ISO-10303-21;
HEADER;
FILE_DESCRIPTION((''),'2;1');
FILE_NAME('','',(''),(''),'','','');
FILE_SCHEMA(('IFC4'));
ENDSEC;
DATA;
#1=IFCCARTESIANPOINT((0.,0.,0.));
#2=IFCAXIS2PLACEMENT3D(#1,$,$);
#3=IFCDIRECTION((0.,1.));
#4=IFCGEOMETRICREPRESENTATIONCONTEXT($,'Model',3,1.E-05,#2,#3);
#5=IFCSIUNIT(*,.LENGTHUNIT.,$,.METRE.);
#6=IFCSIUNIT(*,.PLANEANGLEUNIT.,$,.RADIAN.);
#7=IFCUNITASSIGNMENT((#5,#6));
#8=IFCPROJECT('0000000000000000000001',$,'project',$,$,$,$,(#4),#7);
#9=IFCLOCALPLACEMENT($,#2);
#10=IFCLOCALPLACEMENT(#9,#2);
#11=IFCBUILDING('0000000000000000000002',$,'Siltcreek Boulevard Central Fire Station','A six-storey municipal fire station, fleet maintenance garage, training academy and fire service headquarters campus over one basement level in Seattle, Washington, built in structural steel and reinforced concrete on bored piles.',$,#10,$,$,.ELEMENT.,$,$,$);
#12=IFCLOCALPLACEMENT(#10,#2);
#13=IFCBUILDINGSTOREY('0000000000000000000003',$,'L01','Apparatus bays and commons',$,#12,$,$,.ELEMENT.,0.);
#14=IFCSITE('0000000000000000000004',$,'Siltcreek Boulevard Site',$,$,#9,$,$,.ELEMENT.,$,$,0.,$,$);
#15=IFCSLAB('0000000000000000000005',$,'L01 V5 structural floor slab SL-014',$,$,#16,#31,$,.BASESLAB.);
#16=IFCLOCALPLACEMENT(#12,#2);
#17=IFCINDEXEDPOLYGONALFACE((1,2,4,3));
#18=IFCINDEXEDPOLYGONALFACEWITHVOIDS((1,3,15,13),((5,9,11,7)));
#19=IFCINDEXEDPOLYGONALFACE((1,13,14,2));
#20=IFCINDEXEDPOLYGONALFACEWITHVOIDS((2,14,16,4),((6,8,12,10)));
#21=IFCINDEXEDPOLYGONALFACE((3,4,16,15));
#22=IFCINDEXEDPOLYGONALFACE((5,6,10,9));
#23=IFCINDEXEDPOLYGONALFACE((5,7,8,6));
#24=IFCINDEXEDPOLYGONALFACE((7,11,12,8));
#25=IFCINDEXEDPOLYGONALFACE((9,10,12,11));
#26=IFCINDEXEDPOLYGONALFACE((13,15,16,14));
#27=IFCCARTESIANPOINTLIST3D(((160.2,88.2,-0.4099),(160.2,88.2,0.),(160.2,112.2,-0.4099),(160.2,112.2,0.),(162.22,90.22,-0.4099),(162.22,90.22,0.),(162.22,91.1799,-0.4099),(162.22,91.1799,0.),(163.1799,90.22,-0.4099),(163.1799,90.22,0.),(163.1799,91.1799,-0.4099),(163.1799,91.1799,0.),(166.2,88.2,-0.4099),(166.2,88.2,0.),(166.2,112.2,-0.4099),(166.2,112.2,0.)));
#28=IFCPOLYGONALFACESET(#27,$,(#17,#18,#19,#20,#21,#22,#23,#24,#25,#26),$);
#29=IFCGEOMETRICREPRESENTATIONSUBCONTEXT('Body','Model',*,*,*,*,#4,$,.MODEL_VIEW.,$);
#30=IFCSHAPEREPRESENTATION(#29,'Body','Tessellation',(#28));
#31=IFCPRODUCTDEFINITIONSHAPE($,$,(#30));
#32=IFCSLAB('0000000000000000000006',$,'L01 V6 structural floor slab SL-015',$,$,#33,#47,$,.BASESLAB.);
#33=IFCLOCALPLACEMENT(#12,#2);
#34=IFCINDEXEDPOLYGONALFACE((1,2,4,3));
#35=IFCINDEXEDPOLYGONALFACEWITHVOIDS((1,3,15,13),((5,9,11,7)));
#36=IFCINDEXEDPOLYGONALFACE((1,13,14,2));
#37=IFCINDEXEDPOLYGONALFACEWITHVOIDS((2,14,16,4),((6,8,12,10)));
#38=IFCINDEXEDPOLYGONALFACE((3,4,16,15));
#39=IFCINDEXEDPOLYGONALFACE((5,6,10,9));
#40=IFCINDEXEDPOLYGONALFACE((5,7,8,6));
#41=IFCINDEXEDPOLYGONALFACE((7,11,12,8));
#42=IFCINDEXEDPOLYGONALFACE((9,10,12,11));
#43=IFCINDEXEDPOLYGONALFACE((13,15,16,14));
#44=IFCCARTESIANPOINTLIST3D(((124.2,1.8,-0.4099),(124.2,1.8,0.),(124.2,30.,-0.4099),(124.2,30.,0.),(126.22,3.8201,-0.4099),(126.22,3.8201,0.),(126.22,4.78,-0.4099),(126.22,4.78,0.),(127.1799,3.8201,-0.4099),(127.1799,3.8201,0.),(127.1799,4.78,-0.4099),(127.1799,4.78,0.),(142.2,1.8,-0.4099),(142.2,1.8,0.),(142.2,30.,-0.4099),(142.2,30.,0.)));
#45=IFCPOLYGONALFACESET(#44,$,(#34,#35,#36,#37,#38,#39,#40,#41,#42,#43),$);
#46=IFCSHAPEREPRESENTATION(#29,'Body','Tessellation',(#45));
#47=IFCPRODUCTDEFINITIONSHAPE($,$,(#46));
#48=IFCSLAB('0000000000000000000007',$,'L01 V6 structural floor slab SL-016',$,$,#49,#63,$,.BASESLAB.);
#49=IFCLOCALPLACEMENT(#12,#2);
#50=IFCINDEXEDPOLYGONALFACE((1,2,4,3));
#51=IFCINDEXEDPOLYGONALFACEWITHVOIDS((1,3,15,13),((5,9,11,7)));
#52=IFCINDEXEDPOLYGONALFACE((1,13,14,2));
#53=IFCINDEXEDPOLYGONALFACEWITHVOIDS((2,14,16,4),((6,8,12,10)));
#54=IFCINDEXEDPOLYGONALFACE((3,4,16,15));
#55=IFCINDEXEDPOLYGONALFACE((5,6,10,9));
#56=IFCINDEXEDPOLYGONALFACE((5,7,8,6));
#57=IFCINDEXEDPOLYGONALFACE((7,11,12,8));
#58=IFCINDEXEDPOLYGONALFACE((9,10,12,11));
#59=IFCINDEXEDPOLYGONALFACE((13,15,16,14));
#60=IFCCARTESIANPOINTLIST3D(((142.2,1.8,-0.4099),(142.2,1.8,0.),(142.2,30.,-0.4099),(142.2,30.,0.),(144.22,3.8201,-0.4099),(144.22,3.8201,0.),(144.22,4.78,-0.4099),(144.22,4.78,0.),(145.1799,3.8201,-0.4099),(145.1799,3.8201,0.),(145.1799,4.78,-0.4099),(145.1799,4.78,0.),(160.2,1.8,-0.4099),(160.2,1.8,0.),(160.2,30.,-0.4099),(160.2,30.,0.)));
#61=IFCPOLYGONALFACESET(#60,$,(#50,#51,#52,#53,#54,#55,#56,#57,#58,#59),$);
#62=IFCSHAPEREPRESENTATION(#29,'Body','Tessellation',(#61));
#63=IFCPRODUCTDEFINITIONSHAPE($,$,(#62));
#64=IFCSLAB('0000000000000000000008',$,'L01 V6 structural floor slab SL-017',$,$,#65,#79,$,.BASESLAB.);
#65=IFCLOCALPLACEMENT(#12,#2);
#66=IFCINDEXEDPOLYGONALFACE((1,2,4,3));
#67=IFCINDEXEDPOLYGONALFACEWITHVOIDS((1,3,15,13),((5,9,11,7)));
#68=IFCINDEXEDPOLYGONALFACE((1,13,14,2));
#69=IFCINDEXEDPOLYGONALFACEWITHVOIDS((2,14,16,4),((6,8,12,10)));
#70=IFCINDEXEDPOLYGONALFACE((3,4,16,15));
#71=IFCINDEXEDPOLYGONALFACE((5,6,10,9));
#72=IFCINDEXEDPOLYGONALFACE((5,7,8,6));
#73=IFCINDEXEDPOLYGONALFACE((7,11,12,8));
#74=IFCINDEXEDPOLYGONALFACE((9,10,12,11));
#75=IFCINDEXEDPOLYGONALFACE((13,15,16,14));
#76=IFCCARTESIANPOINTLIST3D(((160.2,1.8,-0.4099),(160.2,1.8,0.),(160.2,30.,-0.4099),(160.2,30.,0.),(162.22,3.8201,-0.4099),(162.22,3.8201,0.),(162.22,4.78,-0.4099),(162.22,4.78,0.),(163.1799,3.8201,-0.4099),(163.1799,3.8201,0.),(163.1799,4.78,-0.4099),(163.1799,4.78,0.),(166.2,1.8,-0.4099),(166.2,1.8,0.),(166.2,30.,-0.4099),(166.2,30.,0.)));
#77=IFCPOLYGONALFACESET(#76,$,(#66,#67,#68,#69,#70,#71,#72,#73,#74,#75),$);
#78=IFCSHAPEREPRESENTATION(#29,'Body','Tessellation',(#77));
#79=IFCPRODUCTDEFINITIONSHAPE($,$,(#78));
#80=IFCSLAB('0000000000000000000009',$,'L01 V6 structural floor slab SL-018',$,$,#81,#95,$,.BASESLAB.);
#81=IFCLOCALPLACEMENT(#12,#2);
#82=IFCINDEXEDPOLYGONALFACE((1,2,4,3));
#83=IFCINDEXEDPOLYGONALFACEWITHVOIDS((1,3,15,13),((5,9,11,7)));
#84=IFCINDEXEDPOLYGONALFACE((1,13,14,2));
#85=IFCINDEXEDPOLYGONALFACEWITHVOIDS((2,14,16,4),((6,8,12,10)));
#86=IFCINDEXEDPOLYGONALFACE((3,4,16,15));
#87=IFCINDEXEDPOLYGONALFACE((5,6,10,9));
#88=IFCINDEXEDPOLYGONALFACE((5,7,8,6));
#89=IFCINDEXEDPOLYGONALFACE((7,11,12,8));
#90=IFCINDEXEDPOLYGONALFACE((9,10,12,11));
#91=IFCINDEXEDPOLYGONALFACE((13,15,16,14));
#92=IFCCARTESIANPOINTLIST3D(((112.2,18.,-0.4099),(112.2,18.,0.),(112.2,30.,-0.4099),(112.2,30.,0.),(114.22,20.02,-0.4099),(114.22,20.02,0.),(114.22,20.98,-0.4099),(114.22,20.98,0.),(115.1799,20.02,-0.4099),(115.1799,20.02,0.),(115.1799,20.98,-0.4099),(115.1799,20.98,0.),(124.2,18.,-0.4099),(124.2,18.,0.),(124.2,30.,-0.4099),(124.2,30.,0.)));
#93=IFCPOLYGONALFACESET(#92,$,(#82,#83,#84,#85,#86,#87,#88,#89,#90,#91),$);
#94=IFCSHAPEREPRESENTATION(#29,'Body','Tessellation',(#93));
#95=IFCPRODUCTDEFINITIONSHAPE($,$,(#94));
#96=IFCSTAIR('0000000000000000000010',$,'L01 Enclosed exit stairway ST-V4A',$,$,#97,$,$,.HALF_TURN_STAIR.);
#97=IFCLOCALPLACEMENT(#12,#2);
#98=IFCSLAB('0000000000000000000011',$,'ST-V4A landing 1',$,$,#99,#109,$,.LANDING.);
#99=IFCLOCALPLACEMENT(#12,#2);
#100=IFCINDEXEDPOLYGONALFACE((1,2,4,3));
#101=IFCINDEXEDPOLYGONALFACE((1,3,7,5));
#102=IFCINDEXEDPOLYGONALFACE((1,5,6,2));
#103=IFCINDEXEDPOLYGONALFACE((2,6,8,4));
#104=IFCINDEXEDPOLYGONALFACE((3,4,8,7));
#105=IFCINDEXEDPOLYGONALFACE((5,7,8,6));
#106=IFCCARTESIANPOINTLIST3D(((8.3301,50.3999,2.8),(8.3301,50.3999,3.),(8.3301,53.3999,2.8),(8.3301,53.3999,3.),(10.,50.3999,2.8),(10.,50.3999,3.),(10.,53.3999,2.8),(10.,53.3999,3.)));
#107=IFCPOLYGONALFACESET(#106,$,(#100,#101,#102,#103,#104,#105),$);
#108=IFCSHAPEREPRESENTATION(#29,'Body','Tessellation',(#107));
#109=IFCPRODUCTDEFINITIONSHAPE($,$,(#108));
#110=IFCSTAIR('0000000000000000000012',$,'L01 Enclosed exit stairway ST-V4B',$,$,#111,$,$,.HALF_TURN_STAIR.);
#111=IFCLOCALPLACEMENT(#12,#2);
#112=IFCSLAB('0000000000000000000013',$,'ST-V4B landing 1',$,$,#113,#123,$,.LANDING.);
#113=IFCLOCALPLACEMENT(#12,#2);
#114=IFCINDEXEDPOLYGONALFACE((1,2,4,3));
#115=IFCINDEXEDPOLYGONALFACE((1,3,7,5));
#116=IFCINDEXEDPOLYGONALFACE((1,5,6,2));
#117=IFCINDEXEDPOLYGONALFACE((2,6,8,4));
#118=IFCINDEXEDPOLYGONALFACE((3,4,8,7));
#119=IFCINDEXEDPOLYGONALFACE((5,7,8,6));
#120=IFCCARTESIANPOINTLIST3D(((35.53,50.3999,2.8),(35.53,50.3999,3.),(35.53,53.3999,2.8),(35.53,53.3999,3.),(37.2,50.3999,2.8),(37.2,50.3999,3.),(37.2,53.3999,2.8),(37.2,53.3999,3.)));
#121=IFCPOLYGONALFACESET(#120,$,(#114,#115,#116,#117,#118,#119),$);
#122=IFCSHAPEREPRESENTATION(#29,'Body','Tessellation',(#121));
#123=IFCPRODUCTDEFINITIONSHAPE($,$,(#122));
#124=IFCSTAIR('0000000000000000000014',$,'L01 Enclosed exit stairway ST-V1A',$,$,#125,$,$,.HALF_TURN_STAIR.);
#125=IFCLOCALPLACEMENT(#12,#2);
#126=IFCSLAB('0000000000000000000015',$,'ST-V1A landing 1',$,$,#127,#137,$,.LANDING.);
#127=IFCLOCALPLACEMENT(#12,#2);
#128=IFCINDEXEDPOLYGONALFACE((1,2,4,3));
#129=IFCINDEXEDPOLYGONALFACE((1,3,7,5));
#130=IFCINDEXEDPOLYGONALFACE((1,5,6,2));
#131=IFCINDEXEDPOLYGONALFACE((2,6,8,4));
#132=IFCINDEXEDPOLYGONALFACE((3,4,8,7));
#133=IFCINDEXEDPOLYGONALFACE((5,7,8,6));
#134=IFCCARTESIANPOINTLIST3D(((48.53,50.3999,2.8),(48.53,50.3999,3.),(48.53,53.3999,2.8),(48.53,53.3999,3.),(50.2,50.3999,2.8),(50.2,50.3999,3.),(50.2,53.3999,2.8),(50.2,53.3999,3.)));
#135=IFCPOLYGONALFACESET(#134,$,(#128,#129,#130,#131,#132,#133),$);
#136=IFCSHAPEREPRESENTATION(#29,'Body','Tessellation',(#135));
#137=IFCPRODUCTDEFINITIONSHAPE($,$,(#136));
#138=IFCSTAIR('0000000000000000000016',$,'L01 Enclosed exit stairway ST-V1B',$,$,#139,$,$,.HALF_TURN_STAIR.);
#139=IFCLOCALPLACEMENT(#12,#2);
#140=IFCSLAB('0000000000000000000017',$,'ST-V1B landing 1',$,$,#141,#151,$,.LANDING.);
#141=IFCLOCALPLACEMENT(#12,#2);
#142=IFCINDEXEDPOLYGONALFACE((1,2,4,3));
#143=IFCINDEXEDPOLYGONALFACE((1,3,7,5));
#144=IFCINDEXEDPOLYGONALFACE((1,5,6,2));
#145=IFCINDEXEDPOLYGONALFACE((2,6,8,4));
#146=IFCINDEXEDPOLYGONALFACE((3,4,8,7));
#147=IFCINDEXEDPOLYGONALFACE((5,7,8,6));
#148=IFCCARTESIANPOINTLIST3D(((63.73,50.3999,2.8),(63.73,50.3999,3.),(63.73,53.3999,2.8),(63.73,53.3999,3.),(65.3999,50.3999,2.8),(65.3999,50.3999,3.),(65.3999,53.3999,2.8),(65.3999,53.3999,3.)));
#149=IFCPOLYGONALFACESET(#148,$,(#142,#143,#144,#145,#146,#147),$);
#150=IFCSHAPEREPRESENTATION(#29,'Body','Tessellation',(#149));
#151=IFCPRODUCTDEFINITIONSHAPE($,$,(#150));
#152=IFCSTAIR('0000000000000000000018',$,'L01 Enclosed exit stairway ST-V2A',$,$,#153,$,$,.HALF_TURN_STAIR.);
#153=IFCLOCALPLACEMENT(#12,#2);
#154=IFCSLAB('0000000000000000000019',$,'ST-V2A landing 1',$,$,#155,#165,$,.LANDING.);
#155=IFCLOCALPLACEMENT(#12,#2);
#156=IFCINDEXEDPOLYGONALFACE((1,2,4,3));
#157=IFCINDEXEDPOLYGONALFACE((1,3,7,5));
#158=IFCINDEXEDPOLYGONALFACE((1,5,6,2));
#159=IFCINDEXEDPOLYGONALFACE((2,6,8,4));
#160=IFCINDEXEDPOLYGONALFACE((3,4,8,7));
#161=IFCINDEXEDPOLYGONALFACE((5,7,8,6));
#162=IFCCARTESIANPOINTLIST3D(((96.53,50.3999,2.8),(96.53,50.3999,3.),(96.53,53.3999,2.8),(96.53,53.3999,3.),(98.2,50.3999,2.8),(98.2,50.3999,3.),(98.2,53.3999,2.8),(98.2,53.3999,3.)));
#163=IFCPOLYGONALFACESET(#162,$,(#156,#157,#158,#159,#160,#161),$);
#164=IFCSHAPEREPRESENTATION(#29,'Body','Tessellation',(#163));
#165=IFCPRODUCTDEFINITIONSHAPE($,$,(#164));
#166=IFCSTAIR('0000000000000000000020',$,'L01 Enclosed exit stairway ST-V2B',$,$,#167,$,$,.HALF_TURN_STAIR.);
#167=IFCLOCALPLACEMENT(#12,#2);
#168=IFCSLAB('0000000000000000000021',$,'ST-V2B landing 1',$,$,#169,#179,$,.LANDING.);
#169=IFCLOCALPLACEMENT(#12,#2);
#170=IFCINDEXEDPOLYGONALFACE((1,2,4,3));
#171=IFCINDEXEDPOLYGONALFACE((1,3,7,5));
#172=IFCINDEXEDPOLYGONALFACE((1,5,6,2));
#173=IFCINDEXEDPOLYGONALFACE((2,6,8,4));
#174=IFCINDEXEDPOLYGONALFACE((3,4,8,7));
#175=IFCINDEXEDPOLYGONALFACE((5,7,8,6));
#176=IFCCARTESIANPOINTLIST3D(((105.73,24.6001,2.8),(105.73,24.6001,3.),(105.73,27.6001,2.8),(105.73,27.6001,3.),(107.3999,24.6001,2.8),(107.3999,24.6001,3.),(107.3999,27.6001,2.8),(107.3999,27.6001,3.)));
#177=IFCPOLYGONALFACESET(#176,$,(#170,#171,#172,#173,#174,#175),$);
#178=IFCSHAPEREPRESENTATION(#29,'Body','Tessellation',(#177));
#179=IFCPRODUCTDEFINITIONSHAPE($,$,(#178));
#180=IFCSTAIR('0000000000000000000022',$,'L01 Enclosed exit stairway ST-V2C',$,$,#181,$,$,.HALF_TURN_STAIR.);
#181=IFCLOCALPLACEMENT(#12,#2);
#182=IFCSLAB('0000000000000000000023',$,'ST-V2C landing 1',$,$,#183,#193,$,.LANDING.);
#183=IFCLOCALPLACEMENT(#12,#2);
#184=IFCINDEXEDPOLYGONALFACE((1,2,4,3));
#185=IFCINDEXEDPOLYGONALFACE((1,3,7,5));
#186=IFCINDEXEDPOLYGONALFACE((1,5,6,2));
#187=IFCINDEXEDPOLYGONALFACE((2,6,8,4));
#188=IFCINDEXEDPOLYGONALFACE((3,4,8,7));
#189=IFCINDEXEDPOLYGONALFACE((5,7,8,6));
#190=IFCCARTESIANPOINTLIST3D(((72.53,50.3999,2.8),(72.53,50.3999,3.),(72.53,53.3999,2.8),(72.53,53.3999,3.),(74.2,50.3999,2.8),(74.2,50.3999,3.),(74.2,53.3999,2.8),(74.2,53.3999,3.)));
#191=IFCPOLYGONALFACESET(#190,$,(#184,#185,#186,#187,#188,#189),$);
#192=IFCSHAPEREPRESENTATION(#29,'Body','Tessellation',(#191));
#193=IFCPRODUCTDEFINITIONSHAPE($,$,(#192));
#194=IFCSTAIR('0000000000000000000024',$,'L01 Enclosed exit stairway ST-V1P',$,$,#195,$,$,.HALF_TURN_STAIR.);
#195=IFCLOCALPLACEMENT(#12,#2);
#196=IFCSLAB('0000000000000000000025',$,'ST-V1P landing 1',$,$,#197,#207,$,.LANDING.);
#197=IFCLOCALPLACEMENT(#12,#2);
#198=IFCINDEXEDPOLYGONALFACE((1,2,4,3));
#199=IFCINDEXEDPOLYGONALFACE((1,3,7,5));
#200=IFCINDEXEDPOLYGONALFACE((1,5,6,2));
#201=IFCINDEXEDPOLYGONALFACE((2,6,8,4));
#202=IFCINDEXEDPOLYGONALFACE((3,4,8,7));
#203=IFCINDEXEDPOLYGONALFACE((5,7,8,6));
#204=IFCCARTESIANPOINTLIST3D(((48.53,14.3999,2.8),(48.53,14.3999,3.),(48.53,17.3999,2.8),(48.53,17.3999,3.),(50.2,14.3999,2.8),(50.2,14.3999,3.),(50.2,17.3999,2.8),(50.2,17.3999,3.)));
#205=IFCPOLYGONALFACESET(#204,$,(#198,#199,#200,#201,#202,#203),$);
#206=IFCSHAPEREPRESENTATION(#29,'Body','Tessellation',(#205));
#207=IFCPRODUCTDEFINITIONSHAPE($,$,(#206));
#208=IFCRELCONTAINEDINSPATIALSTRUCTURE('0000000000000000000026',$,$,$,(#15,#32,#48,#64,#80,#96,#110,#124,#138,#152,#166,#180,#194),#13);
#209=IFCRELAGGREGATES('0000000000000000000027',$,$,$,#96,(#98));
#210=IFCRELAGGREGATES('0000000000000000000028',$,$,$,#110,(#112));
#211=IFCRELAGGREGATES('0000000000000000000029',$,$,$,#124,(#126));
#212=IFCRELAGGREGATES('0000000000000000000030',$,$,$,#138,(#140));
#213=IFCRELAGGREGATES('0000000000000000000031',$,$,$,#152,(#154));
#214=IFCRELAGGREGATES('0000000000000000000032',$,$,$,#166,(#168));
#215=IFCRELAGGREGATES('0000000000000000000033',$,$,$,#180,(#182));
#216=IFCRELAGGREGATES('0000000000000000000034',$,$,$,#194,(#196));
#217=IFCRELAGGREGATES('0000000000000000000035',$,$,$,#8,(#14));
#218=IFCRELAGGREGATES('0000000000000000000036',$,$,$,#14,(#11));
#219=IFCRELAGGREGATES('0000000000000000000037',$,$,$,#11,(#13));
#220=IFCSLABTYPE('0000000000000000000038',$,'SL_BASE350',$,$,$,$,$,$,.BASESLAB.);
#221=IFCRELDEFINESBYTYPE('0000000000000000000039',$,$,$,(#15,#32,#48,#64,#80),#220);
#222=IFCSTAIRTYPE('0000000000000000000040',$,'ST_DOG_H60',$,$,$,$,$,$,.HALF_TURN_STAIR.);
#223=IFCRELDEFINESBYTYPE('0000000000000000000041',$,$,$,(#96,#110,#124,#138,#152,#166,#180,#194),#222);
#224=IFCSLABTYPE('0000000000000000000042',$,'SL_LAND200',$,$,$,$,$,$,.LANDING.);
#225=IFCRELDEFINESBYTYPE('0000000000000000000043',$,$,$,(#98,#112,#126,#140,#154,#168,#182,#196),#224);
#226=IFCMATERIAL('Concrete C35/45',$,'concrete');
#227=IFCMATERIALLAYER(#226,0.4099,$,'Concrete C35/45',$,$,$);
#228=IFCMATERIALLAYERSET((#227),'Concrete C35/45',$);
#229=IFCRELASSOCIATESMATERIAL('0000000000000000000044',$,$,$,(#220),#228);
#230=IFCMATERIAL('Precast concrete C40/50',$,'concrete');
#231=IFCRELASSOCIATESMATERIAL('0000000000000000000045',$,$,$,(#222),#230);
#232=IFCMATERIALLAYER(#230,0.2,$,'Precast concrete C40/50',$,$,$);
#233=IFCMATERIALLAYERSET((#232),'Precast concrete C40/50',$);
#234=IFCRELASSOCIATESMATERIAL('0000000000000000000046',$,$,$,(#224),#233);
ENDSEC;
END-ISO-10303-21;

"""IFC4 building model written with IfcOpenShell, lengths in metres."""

from ifc_helpers import new_model, si_unit, direction, frame, origin, place, context, subcontext, project, spatial, polyline, outline, extrude, material, layer, layer_set, type_object, element, aggregate, save


model = new_model("IFC4")

# Units and contexts
model_context = context("Model", 3, precision=1e-05, world=origin(), true_north=direction((0.0, 1.0)))
body_context = subcontext(model_context, "Body", "Model", "MODEL_VIEW")
ifc_project = project(units=[si_unit("LENGTHUNIT", "METRE"), si_unit("PLANEANGLEUNIT", "RADIAN")], contexts=[model_context])

# Site, building, storey
site_placement = place(None, origin())
site = spatial("IfcSite", under=ifc_project, at=site_placement, Name="Siltcreek Boulevard Site", CompositionType="ELEMENT", RefElevation=0.0)
building_placement = place(site_placement, origin())
building = spatial("IfcBuilding", under=site, at=building_placement, Name="Siltcreek Boulevard Central Fire Station", Description="A six-storey municipal fire station, fleet maintenance garage, training academy and fire service headquarters campus over one basement level in Seattle, Washington, built in structural steel and reinforced concrete on bored piles.", CompositionType="ELEMENT")
storey_placement = place(building_placement, origin())
storey = spatial("IfcBuildingStorey", under=building, at=storey_placement, Name="L01", Description="Apparatus bays and commons", CompositionType="ELEMENT", Elevation=0.0)

# Slabs
ifc_material_1 = material(Name="Concrete C35/45", Category="concrete")
ifc_layer_1 = layer(ifc_material_1, 0.4099, Name="Concrete C35/45")
ifc_layer_set_1 = layer_set([ifc_layer_1], Name="Concrete C35/45")
slab_type_1 = type_object("IfcSlabType", Name="SL_BASE350", PredefinedType="BASESLAB", material=ifc_layer_set_1)
slab_1_placement = place(storey_placement, frame((0.0, 0.0, -0.4099)))
element("IfcSlab", 1, at=slab_1_placement, inside=storey, type_object=slab_type_1, Name="L01 V5 structural floor slab SL-014", PredefinedType="BASESLAB", context=body_context, shape_type="SweptSolid", body=[
    extrude(outline(polyline([(166.2, 112.2), (166.2, 88.2), (160.2, 88.2), (160.2, 112.2), (166.2, 112.2)]), holes=[polyline([(163.1799, 91.1799), (162.22, 91.1799), (162.22, 90.22), (163.1799, 90.22), (163.1799, 91.1799)])]), origin(), (0.0, 0.0, 1.0), 0.4099),
])
slab_2_placement = place(storey_placement, frame((0.0, 0.0, -0.4099)))
element("IfcSlab", 2, at=slab_2_placement, inside=storey, type_object=slab_type_1, Name="L01 V6 structural floor slab SL-015", PredefinedType="BASESLAB", context=body_context, shape_type="SweptSolid", body=[
    extrude(outline(polyline([(142.2, 30.0), (142.2, 1.8), (124.2, 1.8), (124.2, 30.0), (142.2, 30.0)]), holes=[polyline([(127.1799, 4.78), (126.22, 4.78), (126.22, 3.8201), (127.1799, 3.8201), (127.1799, 4.78)])]), origin(), (0.0, 0.0, 1.0), 0.4099),
])
slab_3_placement = place(storey_placement, frame((0.0, 0.0, -0.4099)))
element("IfcSlab", 3, at=slab_3_placement, inside=storey, type_object=slab_type_1, Name="L01 V6 structural floor slab SL-016", PredefinedType="BASESLAB", context=body_context, shape_type="SweptSolid", body=[
    extrude(outline(polyline([(160.2, 30.0), (160.2, 1.8), (142.2, 1.8), (142.2, 30.0), (160.2, 30.0)]), holes=[polyline([(145.1799, 4.78), (144.22, 4.78), (144.22, 3.8201), (145.1799, 3.8201), (145.1799, 4.78)])]), origin(), (0.0, 0.0, 1.0), 0.4099),
])
slab_4_placement = place(storey_placement, frame((0.0, 0.0, -0.4099)))
element("IfcSlab", 4, at=slab_4_placement, inside=storey, type_object=slab_type_1, Name="L01 V6 structural floor slab SL-017", PredefinedType="BASESLAB", context=body_context, shape_type="SweptSolid", body=[
    extrude(outline(polyline([(166.2, 30.0), (166.2, 1.8), (160.2, 1.8), (160.2, 30.0), (166.2, 30.0)]), holes=[polyline([(163.1799, 4.78), (162.22, 4.78), (162.22, 3.8201), (163.1799, 3.8201), (163.1799, 4.78)])]), origin(), (0.0, 0.0, 1.0), 0.4099),
])
slab_5_placement = place(storey_placement, frame((0.0, 0.0, -0.4099)))
element("IfcSlab", 5, at=slab_5_placement, inside=storey, type_object=slab_type_1, Name="L01 V6 structural floor slab SL-018", PredefinedType="BASESLAB", context=body_context, shape_type="SweptSolid", body=[
    extrude(outline(polyline([(124.2, 30.0), (124.2, 18.0), (112.2, 18.0), (112.2, 30.0), (124.2, 30.0)]), holes=[polyline([(115.1799, 20.98), (114.22, 20.98), (114.22, 20.02), (115.1799, 20.02), (115.1799, 20.98)])]), origin(), (0.0, 0.0, 1.0), 0.4099),
])

# Stairs, slabs
ifc_material_2 = material(Name="Precast concrete C40/50", Category="concrete")
stair_type = type_object("IfcStairType", Name="ST_DOG_H60", PredefinedType="HALF_TURN_STAIR", material=ifc_material_2)
stair_1_placement = place(storey_placement, origin())
stair_1 = element("IfcStair", 6, at=stair_1_placement, inside=storey, type_object=stair_type, Name="L01 Enclosed exit stairway ST-V4A", PredefinedType="HALF_TURN_STAIR")
ifc_layer_2 = layer(ifc_material_2, 0.2, Name="Precast concrete C40/50")
ifc_layer_set_2 = layer_set([ifc_layer_2], Name="Precast concrete C40/50")
slab_type_2 = type_object("IfcSlabType", Name="SL_LAND200", PredefinedType="LANDING", material=ifc_layer_set_2)
slab_6_placement = place(storey_placement, frame((0.0, 0.0, 2.8)))
slab_6 = element("IfcSlab", 7, at=slab_6_placement, type_object=slab_type_2, Name="ST-V4A landing 1", PredefinedType="LANDING", context=body_context, shape_type="SweptSolid", body=[
    extrude(outline(polyline([(8.3301, 50.3999), (10.0, 50.3999), (10.0, 53.3999), (8.3301, 53.3999), (8.3301, 50.3999)])), origin(), (0.0, 0.0, 1.0), 0.2),
])
aggregate(stair_1, [slab_6])
stair_2_placement = place(storey_placement, origin())
stair_2 = element("IfcStair", 8, at=stair_2_placement, inside=storey, type_object=stair_type, Name="L01 Enclosed exit stairway ST-V4B", PredefinedType="HALF_TURN_STAIR")
slab_7_placement = place(storey_placement, frame((0.0, 0.0, 2.8)))
slab_7 = element("IfcSlab", 9, at=slab_7_placement, type_object=slab_type_2, Name="ST-V4B landing 1", PredefinedType="LANDING", context=body_context, shape_type="SweptSolid", body=[
    extrude(outline(polyline([(35.53, 50.3999), (37.2, 50.3999), (37.2, 53.3999), (35.53, 53.3999), (35.53, 50.3999)])), origin(), (0.0, 0.0, 1.0), 0.2),
])
aggregate(stair_2, [slab_7])
stair_3_placement = place(storey_placement, origin())
stair_3 = element("IfcStair", 10, at=stair_3_placement, inside=storey, type_object=stair_type, Name="L01 Enclosed exit stairway ST-V1A", PredefinedType="HALF_TURN_STAIR")
slab_8_placement = place(storey_placement, frame((0.0, 0.0, 2.8)))
slab_8 = element("IfcSlab", 11, at=slab_8_placement, type_object=slab_type_2, Name="ST-V1A landing 1", PredefinedType="LANDING", context=body_context, shape_type="SweptSolid", body=[
    extrude(outline(polyline([(48.53, 50.3999), (50.2, 50.3999), (50.2, 53.3999), (48.53, 53.3999), (48.53, 50.3999)])), origin(), (0.0, 0.0, 1.0), 0.2),
])
aggregate(stair_3, [slab_8])
stair_4_placement = place(storey_placement, origin())
stair_4 = element("IfcStair", 12, at=stair_4_placement, inside=storey, type_object=stair_type, Name="L01 Enclosed exit stairway ST-V1B", PredefinedType="HALF_TURN_STAIR")
slab_9_placement = place(storey_placement, frame((0.0, 0.0, 2.8)))
slab_9 = element("IfcSlab", 13, at=slab_9_placement, type_object=slab_type_2, Name="ST-V1B landing 1", PredefinedType="LANDING", context=body_context, shape_type="SweptSolid", body=[
    extrude(outline(polyline([(63.73, 50.3999), (65.3999, 50.3999), (65.3999, 53.3999), (63.73, 53.3999), (63.73, 50.3999)])), origin(), (0.0, 0.0, 1.0), 0.2),
])
aggregate(stair_4, [slab_9])
stair_5_placement = place(storey_placement, origin())
stair_5 = element("IfcStair", 14, at=stair_5_placement, inside=storey, type_object=stair_type, Name="L01 Enclosed exit stairway ST-V2A", PredefinedType="HALF_TURN_STAIR")
slab_10_placement = place(storey_placement, frame((0.0, 0.0, 2.8)))
slab_10 = element("IfcSlab", 15, at=slab_10_placement, type_object=slab_type_2, Name="ST-V2A landing 1", PredefinedType="LANDING", context=body_context, shape_type="SweptSolid", body=[
    extrude(outline(polyline([(96.53, 50.3999), (98.2, 50.3999), (98.2, 53.3999), (96.53, 53.3999), (96.53, 50.3999)])), origin(), (0.0, 0.0, 1.0), 0.2),
])
aggregate(stair_5, [slab_10])
stair_6_placement = place(storey_placement, origin())
stair_6 = element("IfcStair", 16, at=stair_6_placement, inside=storey, type_object=stair_type, Name="L01 Enclosed exit stairway ST-V2B", PredefinedType="HALF_TURN_STAIR")
slab_11_placement = place(storey_placement, frame((0.0, 0.0, 2.8)))
slab_11 = element("IfcSlab", 17, at=slab_11_placement, type_object=slab_type_2, Name="ST-V2B landing 1", PredefinedType="LANDING", context=body_context, shape_type="SweptSolid", body=[
    extrude(outline(polyline([(105.73, 24.6001), (107.3999, 24.6001), (107.3999, 27.6001), (105.73, 27.6001), (105.73, 24.6001)])), origin(), (0.0, 0.0, 1.0), 0.2),
])
aggregate(stair_6, [slab_11])
stair_7_placement = place(storey_placement, origin())
stair_7 = element("IfcStair", 18, at=stair_7_placement, inside=storey, type_object=stair_type, Name="L01 Enclosed exit stairway ST-V2C", PredefinedType="HALF_TURN_STAIR")
slab_12_placement = place(storey_placement, frame((0.0, 0.0, 2.8)))
slab_12 = element("IfcSlab", 19, at=slab_12_placement, type_object=slab_type_2, Name="ST-V2C landing 1", PredefinedType="LANDING", context=body_context, shape_type="SweptSolid", body=[
    extrude(outline(polyline([(72.53, 50.3999), (74.2, 50.3999), (74.2, 53.3999), (72.53, 53.3999), (72.53, 50.3999)])), origin(), (0.0, 0.0, 1.0), 0.2),
])
aggregate(stair_7, [slab_12])
stair_8_placement = place(storey_placement, origin())
stair_8 = element("IfcStair", 20, at=stair_8_placement, inside=storey, type_object=stair_type, Name="L01 Enclosed exit stairway ST-V1P", PredefinedType="HALF_TURN_STAIR")
slab_13_placement = place(storey_placement, frame((0.0, 0.0, 2.8)))
slab_13 = element("IfcSlab", 21, at=slab_13_placement, type_object=slab_type_2, Name="ST-V1P landing 1", PredefinedType="LANDING", context=body_context, shape_type="SweptSolid", body=[
    extrude(outline(polyline([(48.53, 14.3999), (50.2, 14.3999), (50.2, 17.3999), (48.53, 17.3999), (48.53, 14.3999)])), origin(), (0.0, 0.0, 1.0), 0.2),
])
aggregate(stair_8, [slab_13])

save(model, "model.ifc")
